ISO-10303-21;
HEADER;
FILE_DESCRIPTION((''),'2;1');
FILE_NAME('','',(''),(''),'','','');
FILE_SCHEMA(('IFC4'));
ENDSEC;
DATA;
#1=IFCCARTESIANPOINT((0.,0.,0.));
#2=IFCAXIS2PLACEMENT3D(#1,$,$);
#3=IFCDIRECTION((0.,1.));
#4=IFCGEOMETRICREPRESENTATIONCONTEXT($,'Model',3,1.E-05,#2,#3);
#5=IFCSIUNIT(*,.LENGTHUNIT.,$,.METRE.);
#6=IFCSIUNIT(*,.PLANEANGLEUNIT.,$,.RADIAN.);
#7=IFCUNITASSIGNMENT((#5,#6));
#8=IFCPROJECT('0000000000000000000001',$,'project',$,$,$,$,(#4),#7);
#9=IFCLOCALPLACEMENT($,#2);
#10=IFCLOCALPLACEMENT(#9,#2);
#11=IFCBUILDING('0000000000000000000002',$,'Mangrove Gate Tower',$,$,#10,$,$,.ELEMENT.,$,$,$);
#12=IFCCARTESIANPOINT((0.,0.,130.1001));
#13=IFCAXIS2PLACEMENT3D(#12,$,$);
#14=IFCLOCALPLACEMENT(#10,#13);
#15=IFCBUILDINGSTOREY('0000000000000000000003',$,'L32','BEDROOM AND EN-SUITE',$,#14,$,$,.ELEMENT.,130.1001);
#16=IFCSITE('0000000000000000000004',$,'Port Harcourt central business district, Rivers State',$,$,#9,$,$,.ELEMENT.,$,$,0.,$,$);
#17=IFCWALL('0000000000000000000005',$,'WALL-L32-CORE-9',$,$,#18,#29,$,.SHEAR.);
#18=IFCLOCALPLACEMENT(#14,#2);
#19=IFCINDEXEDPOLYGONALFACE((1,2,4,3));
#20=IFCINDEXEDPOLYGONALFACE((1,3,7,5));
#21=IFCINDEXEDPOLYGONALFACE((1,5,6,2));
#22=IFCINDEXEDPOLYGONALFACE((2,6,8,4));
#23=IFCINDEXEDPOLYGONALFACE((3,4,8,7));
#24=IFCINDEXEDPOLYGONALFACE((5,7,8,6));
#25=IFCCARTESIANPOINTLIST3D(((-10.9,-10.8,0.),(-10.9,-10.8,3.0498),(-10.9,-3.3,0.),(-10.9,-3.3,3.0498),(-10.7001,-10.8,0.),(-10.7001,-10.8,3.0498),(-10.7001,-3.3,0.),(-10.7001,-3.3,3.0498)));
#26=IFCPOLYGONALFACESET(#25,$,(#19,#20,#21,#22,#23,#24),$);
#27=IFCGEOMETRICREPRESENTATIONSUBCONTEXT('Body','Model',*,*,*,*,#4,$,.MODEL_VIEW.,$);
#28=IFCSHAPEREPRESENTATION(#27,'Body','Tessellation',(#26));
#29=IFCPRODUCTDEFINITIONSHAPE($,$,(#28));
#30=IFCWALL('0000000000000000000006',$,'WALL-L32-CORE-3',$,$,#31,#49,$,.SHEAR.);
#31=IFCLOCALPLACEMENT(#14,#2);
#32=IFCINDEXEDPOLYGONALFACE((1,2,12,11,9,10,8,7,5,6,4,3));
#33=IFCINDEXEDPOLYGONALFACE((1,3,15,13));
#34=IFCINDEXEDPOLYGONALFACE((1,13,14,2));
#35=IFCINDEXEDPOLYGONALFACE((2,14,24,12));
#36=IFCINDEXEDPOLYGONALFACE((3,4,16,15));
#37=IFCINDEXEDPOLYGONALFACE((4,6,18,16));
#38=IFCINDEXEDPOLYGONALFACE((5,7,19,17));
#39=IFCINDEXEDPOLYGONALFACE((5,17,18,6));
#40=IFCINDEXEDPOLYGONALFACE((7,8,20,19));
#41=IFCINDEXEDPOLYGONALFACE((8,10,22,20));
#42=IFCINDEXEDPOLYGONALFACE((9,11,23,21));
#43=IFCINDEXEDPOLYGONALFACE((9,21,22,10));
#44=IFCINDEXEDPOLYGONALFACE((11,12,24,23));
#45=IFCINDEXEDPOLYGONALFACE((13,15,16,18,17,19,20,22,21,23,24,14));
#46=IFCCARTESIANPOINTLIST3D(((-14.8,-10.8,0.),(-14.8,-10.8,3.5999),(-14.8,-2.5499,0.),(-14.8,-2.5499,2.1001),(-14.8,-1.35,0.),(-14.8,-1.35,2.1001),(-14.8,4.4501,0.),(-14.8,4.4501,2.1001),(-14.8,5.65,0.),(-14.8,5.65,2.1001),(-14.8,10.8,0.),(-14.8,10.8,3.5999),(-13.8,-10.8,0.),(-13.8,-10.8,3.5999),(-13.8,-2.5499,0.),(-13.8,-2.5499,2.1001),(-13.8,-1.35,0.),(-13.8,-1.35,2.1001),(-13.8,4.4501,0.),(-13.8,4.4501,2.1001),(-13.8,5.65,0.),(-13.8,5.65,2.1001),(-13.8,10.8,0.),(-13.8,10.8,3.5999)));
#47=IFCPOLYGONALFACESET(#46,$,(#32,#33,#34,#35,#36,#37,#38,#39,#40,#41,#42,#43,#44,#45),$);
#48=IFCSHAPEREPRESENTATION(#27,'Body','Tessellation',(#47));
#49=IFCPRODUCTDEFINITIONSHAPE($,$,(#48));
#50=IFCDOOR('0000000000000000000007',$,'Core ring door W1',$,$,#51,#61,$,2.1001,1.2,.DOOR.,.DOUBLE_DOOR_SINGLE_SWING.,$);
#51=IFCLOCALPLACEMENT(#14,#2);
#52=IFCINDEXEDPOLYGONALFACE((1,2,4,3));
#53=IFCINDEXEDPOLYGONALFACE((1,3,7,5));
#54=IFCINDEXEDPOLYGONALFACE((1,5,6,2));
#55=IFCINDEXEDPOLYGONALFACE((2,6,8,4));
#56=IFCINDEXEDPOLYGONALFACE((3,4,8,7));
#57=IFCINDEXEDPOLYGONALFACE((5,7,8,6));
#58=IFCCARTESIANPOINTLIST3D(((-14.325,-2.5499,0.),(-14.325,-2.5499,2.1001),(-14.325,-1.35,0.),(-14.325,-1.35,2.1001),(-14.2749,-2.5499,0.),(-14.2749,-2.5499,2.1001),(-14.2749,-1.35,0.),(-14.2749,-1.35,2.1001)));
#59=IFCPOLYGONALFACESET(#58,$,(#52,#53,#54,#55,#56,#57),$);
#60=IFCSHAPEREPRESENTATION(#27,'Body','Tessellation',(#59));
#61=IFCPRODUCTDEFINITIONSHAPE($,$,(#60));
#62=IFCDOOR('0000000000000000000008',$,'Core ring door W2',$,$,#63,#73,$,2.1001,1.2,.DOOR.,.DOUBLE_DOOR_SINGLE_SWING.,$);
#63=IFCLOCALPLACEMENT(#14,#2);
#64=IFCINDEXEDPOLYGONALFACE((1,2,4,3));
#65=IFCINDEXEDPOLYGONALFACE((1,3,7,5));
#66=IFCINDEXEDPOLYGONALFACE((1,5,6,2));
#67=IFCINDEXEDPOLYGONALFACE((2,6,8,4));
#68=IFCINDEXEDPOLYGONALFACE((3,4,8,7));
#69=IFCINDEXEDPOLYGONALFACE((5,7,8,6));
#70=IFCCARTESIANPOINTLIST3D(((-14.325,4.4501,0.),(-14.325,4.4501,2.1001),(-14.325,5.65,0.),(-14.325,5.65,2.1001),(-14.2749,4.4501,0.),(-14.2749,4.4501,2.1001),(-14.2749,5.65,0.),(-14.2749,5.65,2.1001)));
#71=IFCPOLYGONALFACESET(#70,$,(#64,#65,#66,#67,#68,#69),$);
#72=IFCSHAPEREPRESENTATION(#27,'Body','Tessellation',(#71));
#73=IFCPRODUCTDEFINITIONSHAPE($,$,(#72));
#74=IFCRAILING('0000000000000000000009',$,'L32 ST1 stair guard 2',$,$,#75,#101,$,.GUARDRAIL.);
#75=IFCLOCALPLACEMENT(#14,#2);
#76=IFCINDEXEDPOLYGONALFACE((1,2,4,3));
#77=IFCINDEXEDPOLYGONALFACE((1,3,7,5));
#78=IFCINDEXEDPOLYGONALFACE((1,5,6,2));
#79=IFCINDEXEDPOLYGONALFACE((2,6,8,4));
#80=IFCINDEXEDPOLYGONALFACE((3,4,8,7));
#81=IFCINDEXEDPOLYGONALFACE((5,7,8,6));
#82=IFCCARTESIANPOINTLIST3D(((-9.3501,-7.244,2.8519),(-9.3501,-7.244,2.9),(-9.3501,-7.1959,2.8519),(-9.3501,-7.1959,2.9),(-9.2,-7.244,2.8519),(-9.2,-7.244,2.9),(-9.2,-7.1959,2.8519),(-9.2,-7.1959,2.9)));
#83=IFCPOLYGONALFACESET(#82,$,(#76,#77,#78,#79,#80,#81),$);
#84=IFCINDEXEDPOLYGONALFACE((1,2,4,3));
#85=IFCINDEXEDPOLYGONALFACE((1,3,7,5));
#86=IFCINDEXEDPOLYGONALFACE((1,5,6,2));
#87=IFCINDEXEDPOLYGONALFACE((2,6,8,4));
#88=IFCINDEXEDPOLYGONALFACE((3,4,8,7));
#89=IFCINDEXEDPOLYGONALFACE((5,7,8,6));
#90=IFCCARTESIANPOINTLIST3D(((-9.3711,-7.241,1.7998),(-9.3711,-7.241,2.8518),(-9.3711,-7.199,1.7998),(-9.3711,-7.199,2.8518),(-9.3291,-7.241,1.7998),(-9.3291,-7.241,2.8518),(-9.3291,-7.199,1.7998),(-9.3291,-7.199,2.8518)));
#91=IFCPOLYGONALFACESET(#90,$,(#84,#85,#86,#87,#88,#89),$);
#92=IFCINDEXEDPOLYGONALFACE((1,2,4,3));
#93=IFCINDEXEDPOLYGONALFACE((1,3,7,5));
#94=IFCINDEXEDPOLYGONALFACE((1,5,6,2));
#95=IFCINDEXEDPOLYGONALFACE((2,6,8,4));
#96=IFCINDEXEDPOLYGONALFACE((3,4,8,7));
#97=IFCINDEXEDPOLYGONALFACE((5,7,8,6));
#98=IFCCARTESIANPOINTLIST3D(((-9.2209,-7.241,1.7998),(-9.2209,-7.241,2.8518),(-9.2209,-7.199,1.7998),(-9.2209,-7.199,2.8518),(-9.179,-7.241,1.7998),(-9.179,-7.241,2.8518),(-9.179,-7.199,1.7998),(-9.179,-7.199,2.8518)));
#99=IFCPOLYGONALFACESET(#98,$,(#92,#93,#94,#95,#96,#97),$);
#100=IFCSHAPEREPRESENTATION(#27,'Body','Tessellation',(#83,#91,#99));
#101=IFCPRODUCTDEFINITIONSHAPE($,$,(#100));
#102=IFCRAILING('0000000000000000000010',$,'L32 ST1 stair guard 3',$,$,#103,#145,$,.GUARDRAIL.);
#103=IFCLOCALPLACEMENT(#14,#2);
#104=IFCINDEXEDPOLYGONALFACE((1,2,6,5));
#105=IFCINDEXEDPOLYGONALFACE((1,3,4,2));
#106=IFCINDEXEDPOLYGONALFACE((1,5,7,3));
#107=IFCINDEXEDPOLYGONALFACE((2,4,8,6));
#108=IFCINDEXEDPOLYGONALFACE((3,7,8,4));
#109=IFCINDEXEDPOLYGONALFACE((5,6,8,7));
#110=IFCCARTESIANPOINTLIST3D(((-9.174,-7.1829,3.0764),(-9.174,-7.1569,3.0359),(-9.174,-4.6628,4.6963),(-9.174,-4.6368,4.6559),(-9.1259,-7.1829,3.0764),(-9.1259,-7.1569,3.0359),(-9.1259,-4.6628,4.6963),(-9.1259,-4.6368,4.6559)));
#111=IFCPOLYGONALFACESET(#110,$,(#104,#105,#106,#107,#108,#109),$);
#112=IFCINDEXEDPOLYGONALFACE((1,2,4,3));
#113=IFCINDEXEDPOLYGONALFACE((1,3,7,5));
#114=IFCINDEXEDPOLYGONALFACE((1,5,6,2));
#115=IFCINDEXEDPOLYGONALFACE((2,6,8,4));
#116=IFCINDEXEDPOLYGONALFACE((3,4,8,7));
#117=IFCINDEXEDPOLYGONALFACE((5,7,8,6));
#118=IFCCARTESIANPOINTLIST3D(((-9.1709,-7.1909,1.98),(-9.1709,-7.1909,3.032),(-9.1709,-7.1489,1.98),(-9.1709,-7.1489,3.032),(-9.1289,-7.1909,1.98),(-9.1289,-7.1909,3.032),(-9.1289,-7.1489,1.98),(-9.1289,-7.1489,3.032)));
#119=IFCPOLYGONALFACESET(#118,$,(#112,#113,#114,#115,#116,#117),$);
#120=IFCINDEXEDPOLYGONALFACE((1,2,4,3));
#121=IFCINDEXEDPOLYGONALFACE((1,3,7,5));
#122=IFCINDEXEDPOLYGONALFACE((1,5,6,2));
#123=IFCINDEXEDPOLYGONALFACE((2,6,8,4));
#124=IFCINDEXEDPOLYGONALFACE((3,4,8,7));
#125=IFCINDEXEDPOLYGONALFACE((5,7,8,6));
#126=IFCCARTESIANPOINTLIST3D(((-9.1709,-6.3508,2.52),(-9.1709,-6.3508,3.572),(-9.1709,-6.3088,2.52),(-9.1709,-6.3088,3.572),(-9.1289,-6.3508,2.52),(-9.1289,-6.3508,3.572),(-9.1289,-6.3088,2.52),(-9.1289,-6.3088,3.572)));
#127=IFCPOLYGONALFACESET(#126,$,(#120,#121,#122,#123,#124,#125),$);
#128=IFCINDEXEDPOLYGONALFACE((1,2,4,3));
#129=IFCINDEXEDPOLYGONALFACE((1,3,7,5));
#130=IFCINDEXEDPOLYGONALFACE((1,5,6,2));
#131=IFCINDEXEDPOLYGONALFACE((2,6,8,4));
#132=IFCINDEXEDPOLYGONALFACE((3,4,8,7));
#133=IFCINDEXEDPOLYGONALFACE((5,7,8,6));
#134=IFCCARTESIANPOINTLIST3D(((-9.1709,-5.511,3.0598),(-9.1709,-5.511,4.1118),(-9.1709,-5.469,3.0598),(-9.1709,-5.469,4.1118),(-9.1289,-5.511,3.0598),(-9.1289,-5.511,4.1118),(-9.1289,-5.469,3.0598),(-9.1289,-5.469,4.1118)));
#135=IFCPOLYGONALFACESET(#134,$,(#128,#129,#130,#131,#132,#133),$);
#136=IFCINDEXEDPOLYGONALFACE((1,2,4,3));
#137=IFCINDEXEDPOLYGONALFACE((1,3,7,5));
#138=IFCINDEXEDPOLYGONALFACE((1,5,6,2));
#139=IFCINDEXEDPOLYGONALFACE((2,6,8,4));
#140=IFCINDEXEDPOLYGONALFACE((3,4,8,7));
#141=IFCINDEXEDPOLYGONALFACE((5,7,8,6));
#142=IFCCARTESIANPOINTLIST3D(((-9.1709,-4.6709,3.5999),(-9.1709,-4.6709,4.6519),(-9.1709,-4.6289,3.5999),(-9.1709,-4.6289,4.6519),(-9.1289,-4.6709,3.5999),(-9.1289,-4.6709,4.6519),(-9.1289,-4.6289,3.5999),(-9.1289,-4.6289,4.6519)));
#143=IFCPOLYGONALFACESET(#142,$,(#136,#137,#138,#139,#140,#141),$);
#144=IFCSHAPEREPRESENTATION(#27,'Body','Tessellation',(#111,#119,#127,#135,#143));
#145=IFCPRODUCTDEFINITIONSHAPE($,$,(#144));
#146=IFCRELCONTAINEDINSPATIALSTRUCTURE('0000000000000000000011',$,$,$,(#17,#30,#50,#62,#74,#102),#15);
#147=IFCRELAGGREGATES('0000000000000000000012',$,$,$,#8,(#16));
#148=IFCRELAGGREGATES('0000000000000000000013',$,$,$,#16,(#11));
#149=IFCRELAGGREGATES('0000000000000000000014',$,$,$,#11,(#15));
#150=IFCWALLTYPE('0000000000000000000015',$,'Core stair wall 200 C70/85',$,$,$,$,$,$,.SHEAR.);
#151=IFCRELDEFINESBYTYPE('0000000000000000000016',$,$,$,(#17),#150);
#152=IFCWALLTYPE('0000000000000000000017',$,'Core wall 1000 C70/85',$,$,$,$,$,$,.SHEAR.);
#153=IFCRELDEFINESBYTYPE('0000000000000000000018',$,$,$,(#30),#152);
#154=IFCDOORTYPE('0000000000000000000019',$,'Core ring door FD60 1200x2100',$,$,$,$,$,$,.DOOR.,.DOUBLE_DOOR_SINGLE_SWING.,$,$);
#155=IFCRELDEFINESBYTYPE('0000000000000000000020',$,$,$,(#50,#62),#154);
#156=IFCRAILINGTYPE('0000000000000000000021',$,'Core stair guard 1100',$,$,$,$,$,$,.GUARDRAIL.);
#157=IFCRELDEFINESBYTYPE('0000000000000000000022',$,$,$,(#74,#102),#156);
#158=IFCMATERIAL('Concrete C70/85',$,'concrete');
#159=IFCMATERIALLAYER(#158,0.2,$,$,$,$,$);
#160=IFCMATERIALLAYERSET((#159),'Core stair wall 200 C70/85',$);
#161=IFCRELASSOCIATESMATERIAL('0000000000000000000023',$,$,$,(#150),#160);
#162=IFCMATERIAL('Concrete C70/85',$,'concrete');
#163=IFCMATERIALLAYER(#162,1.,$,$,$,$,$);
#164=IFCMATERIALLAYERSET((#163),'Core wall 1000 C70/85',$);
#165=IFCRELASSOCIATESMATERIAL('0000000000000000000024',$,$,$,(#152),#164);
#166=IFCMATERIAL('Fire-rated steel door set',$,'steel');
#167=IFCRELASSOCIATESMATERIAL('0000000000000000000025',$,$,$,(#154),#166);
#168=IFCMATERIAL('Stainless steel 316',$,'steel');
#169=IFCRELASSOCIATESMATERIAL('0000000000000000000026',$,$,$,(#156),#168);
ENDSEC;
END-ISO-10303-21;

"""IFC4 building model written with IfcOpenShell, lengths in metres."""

from ifc_helpers import new_model, si_unit, direction, frame, frame_2d, origin, origin_2d, place, context, subcontext, project, spatial, rectangle, extrude, material, layer, layer_set, type_object, element, fill, save


model = new_model("IFC4")

# Units and contexts
model_context = context("Model", 3, precision=1e-05, world=origin(), true_north=direction((0.0, 1.0)))
body_context = subcontext(model_context, "Body", "Model", "MODEL_VIEW")
ifc_project = project(units=[si_unit("LENGTHUNIT", "METRE"), si_unit("PLANEANGLEUNIT", "RADIAN")], contexts=[model_context])

# Site, building, storey
site_placement = place(None, origin())
site = spatial("IfcSite", under=ifc_project, at=site_placement, Name="Port Harcourt central business district, Rivers State", CompositionType="ELEMENT", RefElevation=0.0)
building_placement = place(site_placement, origin())
building = spatial("IfcBuilding", under=site, at=building_placement, Name="Mangrove Gate Tower", CompositionType="ELEMENT")
storey_placement = place(building_placement, frame((0.0, 0.0, 130.1001)))
storey = spatial("IfcBuildingStorey", under=building, at=storey_placement, Name="L32", Description="BEDROOM AND EN-SUITE", CompositionType="ELEMENT", Elevation=130.1001)

# Wall
ifc_material_1 = material(Name="Concrete C70/85", Category="concrete")
ifc_layer_1 = layer(ifc_material_1, 0.2)
ifc_layer_set_1 = layer_set([ifc_layer_1], Name="Core stair wall 200 C70/85")
wall_type_1 = type_object("IfcWallType", Name="Core stair wall 200 C70/85", PredefinedType="SHEAR", material=ifc_layer_set_1)
wall_1_placement = place(storey_placement, frame((-10.8, -10.8, 0.0), z_axis=(0.0, 0.0, 1.0), x_axis=(0.0, 1.0, 0.0)))
element("IfcWall", 1, at=wall_1_placement, inside=storey, type_object=wall_type_1, Name="WALL-L32-CORE-9", PredefinedType="SHEAR", context=body_context, shape_type="SweptSolid", body=[
    extrude(rectangle(XDim=7.5, YDim=0.2, at=frame_2d((3.75, 0.0))), origin(), (0.0, 0.0, 1.0), 3.0498),
])

# Wall, openings, doors
ifc_material_2 = material(Name="Concrete C70/85", Category="concrete")
ifc_layer_2 = layer(ifc_material_2, 1.0)
ifc_layer_set_2 = layer_set([ifc_layer_2], Name="Core wall 1000 C70/85")
wall_type_2 = type_object("IfcWallType", Name="Core wall 1000 C70/85", PredefinedType="SHEAR", material=ifc_layer_set_2)
wall_2_placement = place(storey_placement, frame((-14.3, -10.8, 0.0), z_axis=(0.0, 0.0, 1.0), x_axis=(0.0, 1.0, 0.0)))
wall_2 = element("IfcWall", 2, at=wall_2_placement, inside=storey, type_object=wall_type_2, Name="WALL-L32-CORE-3", PredefinedType="SHEAR", context=body_context, shape_type="SweptSolid", body=[
    extrude(rectangle(XDim=21.6001, YDim=1.0, at=frame_2d((10.8, 0.0))), origin(), (0.0, 0.0, 1.0), 3.5999),
])
opening_1_placement = place(wall_2_placement, frame((8.25, 0.0, 0.0)))
opening_1 = element("IfcOpeningElement", 3, at=opening_1_placement, cuts=wall_2, PredefinedType="OPENING", context=body_context, shape_type="SweptSolid", body=[
    extrude(rectangle(XDim=1.2, YDim=2.1001, at=frame_2d((0.6001, 1.05))), frame((0.0, 0.51, 0.0), z_axis=(0.0, -1.0, 0.0), x_axis=(1.0, 0.0, 0.0)), (0.0, 0.0, 1.0), 1.02),
])
opening_2_placement = place(wall_2_placement, frame((15.25, 0.0, 0.0)))
opening_2 = element("IfcOpeningElement", 4, at=opening_2_placement, cuts=wall_2, PredefinedType="OPENING", context=body_context, shape_type="SweptSolid", body=[
    extrude(rectangle(XDim=1.2, YDim=2.1001, at=frame_2d((0.6001, 1.05))), frame((0.0, 0.51, 0.0), z_axis=(0.0, -1.0, 0.0), x_axis=(1.0, 0.0, 0.0)), (0.0, 0.0, 1.0), 1.02),
])
ifc_material_3 = material(Name="Fire-rated steel door set", Category="steel")
door_type = type_object("IfcDoorType", Name="Core ring door FD60 1200x2100", OperationType="DOUBLE_DOOR_SINGLE_SWING", PredefinedType="DOOR", material=ifc_material_3)
door_1_placement = place(opening_1_placement, origin())
door_1 = element("IfcDoor", 5, at=door_1_placement, inside=storey, type_object=door_type, Name="Core ring door W1", OperationType="DOUBLE_DOOR_SINGLE_SWING", OverallHeight=2.1001, OverallWidth=1.2, PredefinedType="DOOR", context=body_context, shape_type="SweptSolid", body=[
    extrude(rectangle(XDim=1.2, YDim=2.1001, at=frame_2d((0.6001, 1.05))), frame((0.0, 0.0249, 0.0), z_axis=(0.0, -1.0, 0.0), x_axis=(1.0, 0.0, 0.0)), (0.0, 0.0, 1.0), 0.05),
])
fill(opening_1, door_1)
door_2_placement = place(opening_2_placement, origin())
door_2 = element("IfcDoor", 6, at=door_2_placement, inside=storey, type_object=door_type, Name="Core ring door W2", OperationType="DOUBLE_DOOR_SINGLE_SWING", OverallHeight=2.1001, OverallWidth=1.2, PredefinedType="DOOR", context=body_context, shape_type="SweptSolid", body=[
    extrude(rectangle(XDim=1.2, YDim=2.1001, at=frame_2d((0.6001, 1.05))), frame((0.0, 0.0249, 0.0), z_axis=(0.0, -1.0, 0.0), x_axis=(1.0, 0.0, 0.0)), (0.0, 0.0, 1.0), 0.05),
])
fill(opening_2, door_2)

# Railings
ifc_material_4 = material(Name="Stainless steel 316", Category="steel")
railing_type = type_object("IfcRailingType", Name="Core stair guard 1100", PredefinedType="GUARDRAIL", material=ifc_material_4)
railing_1_placement = place(storey_placement, frame((-9.3501, -7.22, 1.7998)))
element("IfcRailing", 7, at=railing_1_placement, inside=storey, type_object=railing_type, Name="L32 ST1 stair guard 2", PredefinedType="GUARDRAIL", context=body_context, shape_type="SweptSolid", body=[
    extrude(rectangle(XDim=0.0481, YDim=0.0481, at=origin_2d()), frame((0.0, 0.0, 1.0762), z_axis=(1.0, 0.0, 0.0), x_axis=(0.0, 1.0, 0.0)), (0.0, 0.0, 1.0), 0.1501),
    extrude(rectangle(XDim=0.042, YDim=0.042, at=origin_2d()), origin(), (0.0, 0.0, 1.0), 1.052),
    extrude(rectangle(XDim=0.042, YDim=0.042, at=origin_2d()), frame((0.1501, 0.0, 0.0)), (0.0, 0.0, 1.0), 1.052),
])
railing_2_placement = place(storey_placement, frame((-9.1499, -7.1699, 1.98)))
element("IfcRailing", 8, at=railing_2_placement, inside=storey, type_object=railing_type, Name="L32 ST1 stair guard 3", PredefinedType="GUARDRAIL", context=body_context, shape_type="SweptSolid", body=[
    extrude(rectangle(XDim=0.0481, YDim=0.0481, at=origin_2d()), frame((0.0, 0.0, 1.0762), z_axis=(0.0, 0.8412, 0.540725), x_axis=(-1.0, 0.0, 0.0)), (0.0, 0.0, 1.0), 2.9958),
    extrude(rectangle(XDim=0.042, YDim=0.042, at=origin_2d()), origin(), (0.0, 0.0, 1.0), 1.052),
    extrude(rectangle(XDim=0.042, YDim=0.042, at=origin_2d()), frame((0.0, 0.8401, 0.54)), (0.0, 0.0, 1.0), 1.052),
    extrude(rectangle(XDim=0.042, YDim=0.042, at=origin_2d()), frame((0.0, 1.6799, 1.0798)), (0.0, 0.0, 1.0), 1.052),
    extrude(rectangle(XDim=0.042, YDim=0.042, at=origin_2d()), frame((0.0, 2.52, 1.6199)), (0.0, 0.0, 1.0), 1.052),
])

save(model, "model.ifc")
